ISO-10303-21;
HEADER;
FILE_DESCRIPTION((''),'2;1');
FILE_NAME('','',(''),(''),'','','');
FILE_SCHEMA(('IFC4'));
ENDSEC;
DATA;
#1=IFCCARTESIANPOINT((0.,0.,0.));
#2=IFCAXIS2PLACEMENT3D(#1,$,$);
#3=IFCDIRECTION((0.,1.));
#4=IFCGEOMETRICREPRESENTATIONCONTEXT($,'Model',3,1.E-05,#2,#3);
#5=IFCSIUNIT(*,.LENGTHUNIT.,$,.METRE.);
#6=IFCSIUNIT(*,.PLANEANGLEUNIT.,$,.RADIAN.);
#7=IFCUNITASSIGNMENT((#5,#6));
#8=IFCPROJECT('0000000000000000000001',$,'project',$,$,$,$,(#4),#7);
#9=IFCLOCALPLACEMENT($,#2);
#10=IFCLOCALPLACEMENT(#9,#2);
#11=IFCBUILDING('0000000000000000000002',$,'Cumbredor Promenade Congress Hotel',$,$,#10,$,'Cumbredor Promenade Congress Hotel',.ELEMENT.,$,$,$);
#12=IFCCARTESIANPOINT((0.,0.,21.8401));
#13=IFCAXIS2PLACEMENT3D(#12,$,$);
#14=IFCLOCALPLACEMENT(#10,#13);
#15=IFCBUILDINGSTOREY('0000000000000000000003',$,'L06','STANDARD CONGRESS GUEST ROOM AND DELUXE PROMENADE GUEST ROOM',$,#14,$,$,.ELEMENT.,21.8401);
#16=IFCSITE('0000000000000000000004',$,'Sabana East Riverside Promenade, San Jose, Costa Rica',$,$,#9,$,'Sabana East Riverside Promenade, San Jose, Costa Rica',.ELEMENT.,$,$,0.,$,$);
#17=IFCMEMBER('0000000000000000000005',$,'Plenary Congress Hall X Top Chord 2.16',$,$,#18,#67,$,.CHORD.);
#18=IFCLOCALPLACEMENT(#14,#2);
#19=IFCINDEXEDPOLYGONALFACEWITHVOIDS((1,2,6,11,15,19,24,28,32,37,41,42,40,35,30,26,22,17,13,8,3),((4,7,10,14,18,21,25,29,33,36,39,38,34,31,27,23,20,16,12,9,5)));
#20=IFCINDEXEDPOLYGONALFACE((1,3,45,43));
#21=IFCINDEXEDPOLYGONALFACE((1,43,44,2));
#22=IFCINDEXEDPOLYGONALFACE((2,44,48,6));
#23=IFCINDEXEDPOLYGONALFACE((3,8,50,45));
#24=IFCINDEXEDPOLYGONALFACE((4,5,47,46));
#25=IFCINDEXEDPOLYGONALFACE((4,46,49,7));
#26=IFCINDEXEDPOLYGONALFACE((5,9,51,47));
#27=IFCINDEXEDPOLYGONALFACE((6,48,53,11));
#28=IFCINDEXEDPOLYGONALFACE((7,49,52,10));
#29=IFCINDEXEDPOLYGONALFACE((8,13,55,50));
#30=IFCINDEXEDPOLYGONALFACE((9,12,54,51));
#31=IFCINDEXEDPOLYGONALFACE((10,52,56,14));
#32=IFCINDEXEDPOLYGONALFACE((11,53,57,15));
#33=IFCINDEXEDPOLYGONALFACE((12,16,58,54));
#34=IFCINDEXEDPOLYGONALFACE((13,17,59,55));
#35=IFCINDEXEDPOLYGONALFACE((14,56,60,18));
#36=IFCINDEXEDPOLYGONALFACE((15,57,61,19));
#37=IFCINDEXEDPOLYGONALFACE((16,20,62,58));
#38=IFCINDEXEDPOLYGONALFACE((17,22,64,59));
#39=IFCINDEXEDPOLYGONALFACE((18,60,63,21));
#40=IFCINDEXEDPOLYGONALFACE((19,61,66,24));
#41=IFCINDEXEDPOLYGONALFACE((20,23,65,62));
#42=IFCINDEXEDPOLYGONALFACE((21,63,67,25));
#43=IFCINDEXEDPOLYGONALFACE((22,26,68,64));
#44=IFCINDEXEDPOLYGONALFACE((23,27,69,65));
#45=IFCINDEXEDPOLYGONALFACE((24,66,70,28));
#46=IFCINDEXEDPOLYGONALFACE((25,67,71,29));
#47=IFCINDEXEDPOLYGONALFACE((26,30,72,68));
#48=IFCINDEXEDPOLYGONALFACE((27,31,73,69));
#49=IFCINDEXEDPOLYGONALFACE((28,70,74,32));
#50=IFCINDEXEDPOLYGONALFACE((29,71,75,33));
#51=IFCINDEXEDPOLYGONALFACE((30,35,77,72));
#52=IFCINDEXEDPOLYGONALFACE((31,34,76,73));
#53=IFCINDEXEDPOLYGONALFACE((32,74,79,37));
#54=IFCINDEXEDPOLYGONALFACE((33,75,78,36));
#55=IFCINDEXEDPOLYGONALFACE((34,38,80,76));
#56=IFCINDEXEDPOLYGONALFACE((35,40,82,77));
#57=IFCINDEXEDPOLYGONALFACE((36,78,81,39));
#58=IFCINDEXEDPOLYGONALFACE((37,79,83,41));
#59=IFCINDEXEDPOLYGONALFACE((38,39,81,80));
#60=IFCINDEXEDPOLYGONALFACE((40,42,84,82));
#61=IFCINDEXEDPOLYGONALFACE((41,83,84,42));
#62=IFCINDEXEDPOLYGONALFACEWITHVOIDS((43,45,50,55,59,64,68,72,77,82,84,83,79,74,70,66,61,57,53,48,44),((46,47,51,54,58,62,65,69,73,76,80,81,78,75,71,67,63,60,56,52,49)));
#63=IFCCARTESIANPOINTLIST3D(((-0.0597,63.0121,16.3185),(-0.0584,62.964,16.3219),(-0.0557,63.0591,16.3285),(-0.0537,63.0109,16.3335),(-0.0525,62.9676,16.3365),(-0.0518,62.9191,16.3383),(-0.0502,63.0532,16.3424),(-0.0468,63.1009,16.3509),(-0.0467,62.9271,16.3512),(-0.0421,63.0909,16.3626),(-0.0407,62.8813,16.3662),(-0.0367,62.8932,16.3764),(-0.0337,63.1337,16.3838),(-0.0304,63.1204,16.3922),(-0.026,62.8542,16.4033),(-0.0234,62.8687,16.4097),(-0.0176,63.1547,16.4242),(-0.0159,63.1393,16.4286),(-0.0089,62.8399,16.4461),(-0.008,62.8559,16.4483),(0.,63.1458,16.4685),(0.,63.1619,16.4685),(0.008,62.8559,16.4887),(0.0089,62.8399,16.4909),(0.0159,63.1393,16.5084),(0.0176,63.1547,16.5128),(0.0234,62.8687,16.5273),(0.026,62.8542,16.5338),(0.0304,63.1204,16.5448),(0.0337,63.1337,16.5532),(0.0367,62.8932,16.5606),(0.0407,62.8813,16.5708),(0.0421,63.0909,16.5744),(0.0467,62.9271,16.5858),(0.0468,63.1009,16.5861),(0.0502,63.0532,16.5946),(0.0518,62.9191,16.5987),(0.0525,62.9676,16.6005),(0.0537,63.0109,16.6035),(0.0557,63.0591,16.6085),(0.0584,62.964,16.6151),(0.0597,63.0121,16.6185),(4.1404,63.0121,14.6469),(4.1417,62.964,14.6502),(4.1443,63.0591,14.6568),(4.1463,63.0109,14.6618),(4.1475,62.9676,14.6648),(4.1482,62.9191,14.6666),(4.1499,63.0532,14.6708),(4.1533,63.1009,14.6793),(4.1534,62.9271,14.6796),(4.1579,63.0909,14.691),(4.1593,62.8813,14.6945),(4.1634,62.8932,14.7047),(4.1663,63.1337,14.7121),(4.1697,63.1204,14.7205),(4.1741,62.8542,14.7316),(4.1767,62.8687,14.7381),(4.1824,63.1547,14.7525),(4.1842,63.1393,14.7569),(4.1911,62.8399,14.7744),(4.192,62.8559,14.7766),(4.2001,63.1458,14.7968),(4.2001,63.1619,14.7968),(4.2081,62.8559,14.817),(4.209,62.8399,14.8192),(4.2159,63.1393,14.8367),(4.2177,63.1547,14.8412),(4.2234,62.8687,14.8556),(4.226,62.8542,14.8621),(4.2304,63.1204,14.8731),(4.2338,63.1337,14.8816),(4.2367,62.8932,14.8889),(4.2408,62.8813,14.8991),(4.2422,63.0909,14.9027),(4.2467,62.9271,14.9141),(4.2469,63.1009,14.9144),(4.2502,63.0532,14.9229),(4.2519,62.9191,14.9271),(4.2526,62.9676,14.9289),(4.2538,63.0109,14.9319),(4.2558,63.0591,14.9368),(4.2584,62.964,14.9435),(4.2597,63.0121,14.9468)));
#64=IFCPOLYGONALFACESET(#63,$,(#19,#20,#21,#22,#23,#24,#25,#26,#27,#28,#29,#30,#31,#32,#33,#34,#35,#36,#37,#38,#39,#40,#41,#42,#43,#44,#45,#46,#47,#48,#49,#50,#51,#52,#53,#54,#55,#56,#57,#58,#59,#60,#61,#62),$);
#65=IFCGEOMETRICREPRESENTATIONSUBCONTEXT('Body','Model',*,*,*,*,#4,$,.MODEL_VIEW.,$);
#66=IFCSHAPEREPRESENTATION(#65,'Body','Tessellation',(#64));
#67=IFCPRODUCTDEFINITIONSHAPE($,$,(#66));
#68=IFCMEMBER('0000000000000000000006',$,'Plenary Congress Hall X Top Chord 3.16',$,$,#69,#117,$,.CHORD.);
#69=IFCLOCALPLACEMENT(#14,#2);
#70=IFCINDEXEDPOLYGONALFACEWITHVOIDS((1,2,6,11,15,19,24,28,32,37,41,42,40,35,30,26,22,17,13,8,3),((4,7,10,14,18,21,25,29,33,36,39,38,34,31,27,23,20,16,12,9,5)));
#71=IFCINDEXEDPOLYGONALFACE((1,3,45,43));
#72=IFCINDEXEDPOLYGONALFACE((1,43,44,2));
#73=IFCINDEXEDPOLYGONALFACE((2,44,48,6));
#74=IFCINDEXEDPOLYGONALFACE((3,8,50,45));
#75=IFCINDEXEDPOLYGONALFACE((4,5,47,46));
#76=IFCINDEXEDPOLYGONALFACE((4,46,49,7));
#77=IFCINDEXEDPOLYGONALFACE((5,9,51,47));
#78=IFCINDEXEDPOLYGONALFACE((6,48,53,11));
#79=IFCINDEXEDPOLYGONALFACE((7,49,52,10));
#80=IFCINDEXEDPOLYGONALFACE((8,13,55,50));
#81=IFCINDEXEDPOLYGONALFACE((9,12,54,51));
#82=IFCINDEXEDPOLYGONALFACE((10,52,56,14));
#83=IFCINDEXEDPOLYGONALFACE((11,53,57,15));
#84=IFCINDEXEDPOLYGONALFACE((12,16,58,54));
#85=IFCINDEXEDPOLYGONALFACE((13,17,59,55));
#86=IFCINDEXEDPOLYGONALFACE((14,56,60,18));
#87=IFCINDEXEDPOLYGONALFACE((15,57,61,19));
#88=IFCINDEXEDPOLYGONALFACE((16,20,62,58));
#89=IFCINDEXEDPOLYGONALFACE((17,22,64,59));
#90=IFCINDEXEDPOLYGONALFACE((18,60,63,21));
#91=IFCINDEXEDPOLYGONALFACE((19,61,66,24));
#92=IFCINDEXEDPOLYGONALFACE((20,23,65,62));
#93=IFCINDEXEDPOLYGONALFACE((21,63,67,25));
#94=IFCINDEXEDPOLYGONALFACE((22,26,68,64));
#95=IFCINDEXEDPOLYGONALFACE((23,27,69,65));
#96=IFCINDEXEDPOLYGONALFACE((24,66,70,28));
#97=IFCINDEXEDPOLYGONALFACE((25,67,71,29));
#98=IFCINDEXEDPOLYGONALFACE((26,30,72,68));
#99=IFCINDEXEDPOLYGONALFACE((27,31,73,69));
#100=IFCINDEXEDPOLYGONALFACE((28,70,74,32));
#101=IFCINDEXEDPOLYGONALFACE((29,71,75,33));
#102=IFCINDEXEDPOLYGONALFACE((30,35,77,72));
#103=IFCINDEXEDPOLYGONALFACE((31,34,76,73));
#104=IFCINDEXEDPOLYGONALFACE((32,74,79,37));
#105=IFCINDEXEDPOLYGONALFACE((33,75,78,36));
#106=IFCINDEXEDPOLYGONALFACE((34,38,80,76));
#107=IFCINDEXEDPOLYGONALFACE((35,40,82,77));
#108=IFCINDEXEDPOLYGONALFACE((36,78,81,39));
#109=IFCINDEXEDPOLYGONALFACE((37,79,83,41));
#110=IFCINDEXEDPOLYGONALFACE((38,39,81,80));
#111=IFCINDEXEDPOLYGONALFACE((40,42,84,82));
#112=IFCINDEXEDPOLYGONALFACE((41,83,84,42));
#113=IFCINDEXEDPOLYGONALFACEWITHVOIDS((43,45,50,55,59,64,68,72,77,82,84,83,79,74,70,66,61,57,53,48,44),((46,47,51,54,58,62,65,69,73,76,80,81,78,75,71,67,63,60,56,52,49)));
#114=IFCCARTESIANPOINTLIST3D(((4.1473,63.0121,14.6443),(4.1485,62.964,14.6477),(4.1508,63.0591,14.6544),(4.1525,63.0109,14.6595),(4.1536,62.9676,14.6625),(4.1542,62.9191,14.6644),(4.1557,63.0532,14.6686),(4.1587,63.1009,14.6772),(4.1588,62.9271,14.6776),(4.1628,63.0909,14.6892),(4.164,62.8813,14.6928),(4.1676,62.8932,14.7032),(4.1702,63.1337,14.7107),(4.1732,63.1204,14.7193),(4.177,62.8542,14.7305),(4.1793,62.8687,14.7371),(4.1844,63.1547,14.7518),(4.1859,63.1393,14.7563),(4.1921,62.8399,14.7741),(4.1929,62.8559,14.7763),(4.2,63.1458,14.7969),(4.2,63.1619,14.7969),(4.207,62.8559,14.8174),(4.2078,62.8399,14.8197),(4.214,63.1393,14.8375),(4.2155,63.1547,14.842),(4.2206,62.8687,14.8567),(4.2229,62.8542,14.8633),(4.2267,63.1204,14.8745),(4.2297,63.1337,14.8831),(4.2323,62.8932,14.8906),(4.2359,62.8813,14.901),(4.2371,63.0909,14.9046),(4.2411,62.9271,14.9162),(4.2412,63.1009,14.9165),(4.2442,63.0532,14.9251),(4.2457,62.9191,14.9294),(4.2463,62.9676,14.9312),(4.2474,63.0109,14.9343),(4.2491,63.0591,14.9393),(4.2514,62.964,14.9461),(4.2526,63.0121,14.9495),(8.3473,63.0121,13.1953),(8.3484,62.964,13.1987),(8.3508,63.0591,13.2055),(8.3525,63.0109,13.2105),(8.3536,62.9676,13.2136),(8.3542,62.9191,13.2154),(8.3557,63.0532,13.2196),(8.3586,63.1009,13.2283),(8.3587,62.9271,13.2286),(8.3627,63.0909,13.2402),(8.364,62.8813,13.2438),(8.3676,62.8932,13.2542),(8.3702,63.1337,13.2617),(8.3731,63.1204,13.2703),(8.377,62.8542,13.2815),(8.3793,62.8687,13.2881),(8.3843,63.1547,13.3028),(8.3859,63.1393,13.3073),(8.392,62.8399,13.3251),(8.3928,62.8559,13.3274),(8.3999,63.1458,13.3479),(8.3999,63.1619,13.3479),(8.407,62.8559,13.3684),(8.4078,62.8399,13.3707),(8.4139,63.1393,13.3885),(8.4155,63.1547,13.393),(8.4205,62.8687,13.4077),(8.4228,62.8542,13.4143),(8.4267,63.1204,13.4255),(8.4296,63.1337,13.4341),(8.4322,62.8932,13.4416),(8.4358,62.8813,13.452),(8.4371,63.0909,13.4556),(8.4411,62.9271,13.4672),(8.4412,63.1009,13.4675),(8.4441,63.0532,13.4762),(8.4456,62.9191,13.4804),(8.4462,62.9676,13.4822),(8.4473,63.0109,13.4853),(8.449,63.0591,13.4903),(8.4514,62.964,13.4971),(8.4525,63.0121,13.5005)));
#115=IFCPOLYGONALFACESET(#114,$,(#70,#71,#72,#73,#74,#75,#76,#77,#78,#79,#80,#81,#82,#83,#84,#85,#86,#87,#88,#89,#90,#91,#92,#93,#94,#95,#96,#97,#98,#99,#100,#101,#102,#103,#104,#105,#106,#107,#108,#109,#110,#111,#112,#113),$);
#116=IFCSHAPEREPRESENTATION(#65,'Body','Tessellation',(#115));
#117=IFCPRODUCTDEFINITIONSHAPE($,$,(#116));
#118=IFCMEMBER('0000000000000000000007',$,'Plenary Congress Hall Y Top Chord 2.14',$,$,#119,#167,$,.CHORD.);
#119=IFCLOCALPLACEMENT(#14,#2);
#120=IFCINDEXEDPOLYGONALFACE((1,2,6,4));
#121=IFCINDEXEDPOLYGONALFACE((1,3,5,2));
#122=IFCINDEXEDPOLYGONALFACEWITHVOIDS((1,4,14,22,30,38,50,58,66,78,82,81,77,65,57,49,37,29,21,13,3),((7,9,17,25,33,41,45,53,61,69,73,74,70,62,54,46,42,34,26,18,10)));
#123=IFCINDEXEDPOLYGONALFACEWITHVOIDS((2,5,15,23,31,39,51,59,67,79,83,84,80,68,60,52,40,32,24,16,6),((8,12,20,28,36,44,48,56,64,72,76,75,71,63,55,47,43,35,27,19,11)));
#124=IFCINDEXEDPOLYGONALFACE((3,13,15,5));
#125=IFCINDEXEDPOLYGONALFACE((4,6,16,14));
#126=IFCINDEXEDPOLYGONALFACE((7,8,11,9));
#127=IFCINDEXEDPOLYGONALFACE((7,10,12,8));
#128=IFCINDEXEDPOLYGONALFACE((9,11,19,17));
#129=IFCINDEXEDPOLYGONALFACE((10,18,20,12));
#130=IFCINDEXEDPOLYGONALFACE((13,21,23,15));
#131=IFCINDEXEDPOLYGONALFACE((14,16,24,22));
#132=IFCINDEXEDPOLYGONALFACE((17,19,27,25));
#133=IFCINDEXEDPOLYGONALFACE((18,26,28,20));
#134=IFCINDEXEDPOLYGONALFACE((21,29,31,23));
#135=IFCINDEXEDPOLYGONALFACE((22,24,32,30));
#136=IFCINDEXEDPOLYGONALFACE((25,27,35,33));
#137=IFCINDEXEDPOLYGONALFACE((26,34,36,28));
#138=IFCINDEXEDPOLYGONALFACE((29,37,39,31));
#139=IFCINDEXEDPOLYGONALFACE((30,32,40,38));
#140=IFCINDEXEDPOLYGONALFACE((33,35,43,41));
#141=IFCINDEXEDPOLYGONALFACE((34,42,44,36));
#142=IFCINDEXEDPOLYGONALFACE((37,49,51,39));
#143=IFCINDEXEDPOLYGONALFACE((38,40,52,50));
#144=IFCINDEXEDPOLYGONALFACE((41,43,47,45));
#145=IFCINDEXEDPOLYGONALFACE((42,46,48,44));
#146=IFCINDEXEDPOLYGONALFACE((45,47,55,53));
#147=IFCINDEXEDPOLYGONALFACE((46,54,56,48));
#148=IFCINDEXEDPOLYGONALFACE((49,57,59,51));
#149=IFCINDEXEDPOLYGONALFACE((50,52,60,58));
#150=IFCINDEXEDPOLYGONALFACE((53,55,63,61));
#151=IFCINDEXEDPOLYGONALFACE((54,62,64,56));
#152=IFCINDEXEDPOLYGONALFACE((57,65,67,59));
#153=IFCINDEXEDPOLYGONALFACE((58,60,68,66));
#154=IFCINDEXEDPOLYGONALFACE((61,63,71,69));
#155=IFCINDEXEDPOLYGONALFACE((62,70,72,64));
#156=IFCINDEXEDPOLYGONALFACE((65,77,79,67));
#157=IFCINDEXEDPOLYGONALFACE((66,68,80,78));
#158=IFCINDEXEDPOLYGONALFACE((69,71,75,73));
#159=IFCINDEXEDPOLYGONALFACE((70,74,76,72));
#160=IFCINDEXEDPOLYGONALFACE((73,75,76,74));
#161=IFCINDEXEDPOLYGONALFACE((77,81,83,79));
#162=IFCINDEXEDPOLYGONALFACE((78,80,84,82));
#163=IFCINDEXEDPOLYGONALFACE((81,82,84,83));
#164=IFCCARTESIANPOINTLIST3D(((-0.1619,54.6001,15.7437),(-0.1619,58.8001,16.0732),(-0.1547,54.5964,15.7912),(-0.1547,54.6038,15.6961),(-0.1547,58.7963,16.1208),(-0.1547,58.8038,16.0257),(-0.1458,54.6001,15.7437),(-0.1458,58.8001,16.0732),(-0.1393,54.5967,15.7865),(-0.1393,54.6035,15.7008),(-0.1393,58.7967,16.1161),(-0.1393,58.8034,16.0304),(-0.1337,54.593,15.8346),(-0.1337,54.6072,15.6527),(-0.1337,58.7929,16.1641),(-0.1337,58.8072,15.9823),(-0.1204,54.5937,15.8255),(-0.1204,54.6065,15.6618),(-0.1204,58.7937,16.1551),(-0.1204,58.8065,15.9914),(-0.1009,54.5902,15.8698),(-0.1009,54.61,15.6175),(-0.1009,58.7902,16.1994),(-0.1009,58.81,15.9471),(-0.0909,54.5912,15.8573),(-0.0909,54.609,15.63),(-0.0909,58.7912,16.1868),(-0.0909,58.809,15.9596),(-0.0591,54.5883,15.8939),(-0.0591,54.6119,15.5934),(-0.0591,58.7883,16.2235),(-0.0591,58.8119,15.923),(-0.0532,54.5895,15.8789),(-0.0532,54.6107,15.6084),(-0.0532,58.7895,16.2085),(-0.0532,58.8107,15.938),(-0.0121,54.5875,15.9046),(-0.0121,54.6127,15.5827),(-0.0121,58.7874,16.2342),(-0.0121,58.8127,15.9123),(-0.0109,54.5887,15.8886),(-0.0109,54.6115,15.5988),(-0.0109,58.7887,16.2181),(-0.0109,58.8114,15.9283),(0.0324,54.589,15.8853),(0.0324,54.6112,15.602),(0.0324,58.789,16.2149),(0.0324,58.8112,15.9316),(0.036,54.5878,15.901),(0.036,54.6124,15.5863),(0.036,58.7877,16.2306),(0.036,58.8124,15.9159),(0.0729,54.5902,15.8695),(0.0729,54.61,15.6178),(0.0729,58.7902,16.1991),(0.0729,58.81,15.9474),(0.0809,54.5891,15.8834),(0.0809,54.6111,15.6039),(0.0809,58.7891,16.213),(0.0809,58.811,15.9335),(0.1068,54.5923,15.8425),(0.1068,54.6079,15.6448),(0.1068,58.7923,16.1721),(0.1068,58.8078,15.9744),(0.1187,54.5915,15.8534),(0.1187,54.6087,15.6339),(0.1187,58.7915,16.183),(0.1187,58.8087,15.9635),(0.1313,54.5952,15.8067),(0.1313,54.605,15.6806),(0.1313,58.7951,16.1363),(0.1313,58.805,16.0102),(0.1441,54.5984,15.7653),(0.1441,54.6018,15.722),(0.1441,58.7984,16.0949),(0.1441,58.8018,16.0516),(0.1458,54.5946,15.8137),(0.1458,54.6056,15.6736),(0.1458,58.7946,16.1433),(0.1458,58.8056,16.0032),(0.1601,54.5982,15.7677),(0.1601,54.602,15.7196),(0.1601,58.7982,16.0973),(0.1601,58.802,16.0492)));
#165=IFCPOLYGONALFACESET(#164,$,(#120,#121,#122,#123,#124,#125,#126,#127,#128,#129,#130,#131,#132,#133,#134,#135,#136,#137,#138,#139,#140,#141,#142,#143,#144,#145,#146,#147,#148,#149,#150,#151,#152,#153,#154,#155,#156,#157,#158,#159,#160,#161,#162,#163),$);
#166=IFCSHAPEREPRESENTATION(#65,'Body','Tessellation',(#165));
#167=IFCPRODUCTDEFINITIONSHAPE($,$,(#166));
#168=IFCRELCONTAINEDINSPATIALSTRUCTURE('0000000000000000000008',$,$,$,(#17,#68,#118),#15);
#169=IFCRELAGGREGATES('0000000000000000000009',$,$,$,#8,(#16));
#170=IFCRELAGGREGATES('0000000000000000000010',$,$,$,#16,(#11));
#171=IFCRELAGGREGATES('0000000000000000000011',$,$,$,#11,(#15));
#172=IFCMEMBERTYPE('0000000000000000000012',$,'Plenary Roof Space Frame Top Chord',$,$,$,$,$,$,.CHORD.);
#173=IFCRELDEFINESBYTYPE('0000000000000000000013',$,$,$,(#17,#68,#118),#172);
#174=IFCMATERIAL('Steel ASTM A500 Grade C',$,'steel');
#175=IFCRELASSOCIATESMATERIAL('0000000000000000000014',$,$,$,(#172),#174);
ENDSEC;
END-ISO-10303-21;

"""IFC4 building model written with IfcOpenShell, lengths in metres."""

from ifc_helpers import new_model, si_unit, direction, frame, origin, origin_2d, place, context, subcontext, project, spatial, hollow_circle, extrude, material, material_profile, profile_set, type_object, element, save


model = new_model("IFC4")

# Units and contexts
model_context = context("Model", 3, precision=1e-05, world=origin(), true_north=direction((0.0, 1.0)))
body_context = subcontext(model_context, "Body", "Model", "MODEL_VIEW")
ifc_project = project(units=[si_unit("LENGTHUNIT", "METRE"), si_unit("PLANEANGLEUNIT", "RADIAN")], contexts=[model_context])

# Site, building, storey
site_placement = place(None, origin())
site = spatial("IfcSite", under=ifc_project, at=site_placement, Name="Sabana East Riverside Promenade, San Jose, Costa Rica", LongName="Sabana East Riverside Promenade, San Jose, Costa Rica", CompositionType="ELEMENT", RefElevation=0.0)
building_placement = place(site_placement, origin())
building = spatial("IfcBuilding", under=site, at=building_placement, Name="Cumbredor Promenade Congress Hotel", LongName="Cumbredor Promenade Congress Hotel", CompositionType="ELEMENT")
storey_placement = place(building_placement, frame((0.0, 0.0, 21.8401)))
storey = spatial("IfcBuildingStorey", under=building, at=storey_placement, Name="L06", Description="STANDARD CONGRESS GUEST ROOM AND DELUXE PROMENADE GUEST ROOM", CompositionType="ELEMENT", Elevation=21.8401)

# Members
ifc_material_1 = material(Name="Steel ASTM A500 Grade C", Category="steel")
ifc_material_profile_1 = material_profile(ifc_material_1, hollow_circle(Radius=0.1619, WallThickness=0.0161, at=origin_2d()), Name="CHS 323.9x16")
ifc_profile_set_1 = profile_set([ifc_material_profile_1], Name="Steel ASTM A500 Grade C")
member_type_1 = type_object("IfcMemberType", Name="Plenary Roof Space Frame Top Chord", PredefinedType="CHORD", material=ifc_profile_set_1)
member_1_placement = place(storey_placement, frame((0.0, 63.0, 16.4685), z_axis=(0.929112, 0.0, -0.369798), x_axis=(0.0, 1.0, 0.0)))
element("IfcMember", 1, at=member_1_placement, inside=storey, type_object=member_type_1, Name="Plenary Congress Hall X Top Chord 2.16", PredefinedType="CHORD", context=body_context, shape_type="SweptSolid", body=[
    extrude(hollow_circle(Radius=0.1619, WallThickness=0.0161, at=origin_2d()), origin(), (0.0, 0.0, 1.0), 4.5205),
])
member_2_placement = place(storey_placement, frame((4.2, 63.0, 14.7969), z_axis=(0.945323, 0.0, -0.326135), x_axis=(0.0, 1.0, 0.0)))
element("IfcMember", 2, at=member_2_placement, inside=storey, type_object=member_type_1, Name="Plenary Congress Hall X Top Chord 3.16", PredefinedType="CHORD", context=body_context, shape_type="SweptSolid", body=[
    extrude(hollow_circle(Radius=0.1619, WallThickness=0.0161, at=origin_2d()), origin(), (0.0, 0.0, 1.0), 4.4429),
])
member_3_placement = place(storey_placement, frame((0.0, 54.6001, 15.7437), z_axis=(0.0, 0.996935, 0.078234), x_axis=(-1.0, 0.0, 0.0)))
element("IfcMember", 3, at=member_3_placement, inside=storey, type_object=member_type_1, Name="Plenary Congress Hall Y Top Chord 2.14", PredefinedType="CHORD", context=body_context, shape_type="SweptSolid", body=[
    extrude(hollow_circle(Radius=0.1619, WallThickness=0.0161, at=origin_2d()), origin(), (0.0, 0.0, 1.0), 4.2129),
])

save(model, "model.ifc")
